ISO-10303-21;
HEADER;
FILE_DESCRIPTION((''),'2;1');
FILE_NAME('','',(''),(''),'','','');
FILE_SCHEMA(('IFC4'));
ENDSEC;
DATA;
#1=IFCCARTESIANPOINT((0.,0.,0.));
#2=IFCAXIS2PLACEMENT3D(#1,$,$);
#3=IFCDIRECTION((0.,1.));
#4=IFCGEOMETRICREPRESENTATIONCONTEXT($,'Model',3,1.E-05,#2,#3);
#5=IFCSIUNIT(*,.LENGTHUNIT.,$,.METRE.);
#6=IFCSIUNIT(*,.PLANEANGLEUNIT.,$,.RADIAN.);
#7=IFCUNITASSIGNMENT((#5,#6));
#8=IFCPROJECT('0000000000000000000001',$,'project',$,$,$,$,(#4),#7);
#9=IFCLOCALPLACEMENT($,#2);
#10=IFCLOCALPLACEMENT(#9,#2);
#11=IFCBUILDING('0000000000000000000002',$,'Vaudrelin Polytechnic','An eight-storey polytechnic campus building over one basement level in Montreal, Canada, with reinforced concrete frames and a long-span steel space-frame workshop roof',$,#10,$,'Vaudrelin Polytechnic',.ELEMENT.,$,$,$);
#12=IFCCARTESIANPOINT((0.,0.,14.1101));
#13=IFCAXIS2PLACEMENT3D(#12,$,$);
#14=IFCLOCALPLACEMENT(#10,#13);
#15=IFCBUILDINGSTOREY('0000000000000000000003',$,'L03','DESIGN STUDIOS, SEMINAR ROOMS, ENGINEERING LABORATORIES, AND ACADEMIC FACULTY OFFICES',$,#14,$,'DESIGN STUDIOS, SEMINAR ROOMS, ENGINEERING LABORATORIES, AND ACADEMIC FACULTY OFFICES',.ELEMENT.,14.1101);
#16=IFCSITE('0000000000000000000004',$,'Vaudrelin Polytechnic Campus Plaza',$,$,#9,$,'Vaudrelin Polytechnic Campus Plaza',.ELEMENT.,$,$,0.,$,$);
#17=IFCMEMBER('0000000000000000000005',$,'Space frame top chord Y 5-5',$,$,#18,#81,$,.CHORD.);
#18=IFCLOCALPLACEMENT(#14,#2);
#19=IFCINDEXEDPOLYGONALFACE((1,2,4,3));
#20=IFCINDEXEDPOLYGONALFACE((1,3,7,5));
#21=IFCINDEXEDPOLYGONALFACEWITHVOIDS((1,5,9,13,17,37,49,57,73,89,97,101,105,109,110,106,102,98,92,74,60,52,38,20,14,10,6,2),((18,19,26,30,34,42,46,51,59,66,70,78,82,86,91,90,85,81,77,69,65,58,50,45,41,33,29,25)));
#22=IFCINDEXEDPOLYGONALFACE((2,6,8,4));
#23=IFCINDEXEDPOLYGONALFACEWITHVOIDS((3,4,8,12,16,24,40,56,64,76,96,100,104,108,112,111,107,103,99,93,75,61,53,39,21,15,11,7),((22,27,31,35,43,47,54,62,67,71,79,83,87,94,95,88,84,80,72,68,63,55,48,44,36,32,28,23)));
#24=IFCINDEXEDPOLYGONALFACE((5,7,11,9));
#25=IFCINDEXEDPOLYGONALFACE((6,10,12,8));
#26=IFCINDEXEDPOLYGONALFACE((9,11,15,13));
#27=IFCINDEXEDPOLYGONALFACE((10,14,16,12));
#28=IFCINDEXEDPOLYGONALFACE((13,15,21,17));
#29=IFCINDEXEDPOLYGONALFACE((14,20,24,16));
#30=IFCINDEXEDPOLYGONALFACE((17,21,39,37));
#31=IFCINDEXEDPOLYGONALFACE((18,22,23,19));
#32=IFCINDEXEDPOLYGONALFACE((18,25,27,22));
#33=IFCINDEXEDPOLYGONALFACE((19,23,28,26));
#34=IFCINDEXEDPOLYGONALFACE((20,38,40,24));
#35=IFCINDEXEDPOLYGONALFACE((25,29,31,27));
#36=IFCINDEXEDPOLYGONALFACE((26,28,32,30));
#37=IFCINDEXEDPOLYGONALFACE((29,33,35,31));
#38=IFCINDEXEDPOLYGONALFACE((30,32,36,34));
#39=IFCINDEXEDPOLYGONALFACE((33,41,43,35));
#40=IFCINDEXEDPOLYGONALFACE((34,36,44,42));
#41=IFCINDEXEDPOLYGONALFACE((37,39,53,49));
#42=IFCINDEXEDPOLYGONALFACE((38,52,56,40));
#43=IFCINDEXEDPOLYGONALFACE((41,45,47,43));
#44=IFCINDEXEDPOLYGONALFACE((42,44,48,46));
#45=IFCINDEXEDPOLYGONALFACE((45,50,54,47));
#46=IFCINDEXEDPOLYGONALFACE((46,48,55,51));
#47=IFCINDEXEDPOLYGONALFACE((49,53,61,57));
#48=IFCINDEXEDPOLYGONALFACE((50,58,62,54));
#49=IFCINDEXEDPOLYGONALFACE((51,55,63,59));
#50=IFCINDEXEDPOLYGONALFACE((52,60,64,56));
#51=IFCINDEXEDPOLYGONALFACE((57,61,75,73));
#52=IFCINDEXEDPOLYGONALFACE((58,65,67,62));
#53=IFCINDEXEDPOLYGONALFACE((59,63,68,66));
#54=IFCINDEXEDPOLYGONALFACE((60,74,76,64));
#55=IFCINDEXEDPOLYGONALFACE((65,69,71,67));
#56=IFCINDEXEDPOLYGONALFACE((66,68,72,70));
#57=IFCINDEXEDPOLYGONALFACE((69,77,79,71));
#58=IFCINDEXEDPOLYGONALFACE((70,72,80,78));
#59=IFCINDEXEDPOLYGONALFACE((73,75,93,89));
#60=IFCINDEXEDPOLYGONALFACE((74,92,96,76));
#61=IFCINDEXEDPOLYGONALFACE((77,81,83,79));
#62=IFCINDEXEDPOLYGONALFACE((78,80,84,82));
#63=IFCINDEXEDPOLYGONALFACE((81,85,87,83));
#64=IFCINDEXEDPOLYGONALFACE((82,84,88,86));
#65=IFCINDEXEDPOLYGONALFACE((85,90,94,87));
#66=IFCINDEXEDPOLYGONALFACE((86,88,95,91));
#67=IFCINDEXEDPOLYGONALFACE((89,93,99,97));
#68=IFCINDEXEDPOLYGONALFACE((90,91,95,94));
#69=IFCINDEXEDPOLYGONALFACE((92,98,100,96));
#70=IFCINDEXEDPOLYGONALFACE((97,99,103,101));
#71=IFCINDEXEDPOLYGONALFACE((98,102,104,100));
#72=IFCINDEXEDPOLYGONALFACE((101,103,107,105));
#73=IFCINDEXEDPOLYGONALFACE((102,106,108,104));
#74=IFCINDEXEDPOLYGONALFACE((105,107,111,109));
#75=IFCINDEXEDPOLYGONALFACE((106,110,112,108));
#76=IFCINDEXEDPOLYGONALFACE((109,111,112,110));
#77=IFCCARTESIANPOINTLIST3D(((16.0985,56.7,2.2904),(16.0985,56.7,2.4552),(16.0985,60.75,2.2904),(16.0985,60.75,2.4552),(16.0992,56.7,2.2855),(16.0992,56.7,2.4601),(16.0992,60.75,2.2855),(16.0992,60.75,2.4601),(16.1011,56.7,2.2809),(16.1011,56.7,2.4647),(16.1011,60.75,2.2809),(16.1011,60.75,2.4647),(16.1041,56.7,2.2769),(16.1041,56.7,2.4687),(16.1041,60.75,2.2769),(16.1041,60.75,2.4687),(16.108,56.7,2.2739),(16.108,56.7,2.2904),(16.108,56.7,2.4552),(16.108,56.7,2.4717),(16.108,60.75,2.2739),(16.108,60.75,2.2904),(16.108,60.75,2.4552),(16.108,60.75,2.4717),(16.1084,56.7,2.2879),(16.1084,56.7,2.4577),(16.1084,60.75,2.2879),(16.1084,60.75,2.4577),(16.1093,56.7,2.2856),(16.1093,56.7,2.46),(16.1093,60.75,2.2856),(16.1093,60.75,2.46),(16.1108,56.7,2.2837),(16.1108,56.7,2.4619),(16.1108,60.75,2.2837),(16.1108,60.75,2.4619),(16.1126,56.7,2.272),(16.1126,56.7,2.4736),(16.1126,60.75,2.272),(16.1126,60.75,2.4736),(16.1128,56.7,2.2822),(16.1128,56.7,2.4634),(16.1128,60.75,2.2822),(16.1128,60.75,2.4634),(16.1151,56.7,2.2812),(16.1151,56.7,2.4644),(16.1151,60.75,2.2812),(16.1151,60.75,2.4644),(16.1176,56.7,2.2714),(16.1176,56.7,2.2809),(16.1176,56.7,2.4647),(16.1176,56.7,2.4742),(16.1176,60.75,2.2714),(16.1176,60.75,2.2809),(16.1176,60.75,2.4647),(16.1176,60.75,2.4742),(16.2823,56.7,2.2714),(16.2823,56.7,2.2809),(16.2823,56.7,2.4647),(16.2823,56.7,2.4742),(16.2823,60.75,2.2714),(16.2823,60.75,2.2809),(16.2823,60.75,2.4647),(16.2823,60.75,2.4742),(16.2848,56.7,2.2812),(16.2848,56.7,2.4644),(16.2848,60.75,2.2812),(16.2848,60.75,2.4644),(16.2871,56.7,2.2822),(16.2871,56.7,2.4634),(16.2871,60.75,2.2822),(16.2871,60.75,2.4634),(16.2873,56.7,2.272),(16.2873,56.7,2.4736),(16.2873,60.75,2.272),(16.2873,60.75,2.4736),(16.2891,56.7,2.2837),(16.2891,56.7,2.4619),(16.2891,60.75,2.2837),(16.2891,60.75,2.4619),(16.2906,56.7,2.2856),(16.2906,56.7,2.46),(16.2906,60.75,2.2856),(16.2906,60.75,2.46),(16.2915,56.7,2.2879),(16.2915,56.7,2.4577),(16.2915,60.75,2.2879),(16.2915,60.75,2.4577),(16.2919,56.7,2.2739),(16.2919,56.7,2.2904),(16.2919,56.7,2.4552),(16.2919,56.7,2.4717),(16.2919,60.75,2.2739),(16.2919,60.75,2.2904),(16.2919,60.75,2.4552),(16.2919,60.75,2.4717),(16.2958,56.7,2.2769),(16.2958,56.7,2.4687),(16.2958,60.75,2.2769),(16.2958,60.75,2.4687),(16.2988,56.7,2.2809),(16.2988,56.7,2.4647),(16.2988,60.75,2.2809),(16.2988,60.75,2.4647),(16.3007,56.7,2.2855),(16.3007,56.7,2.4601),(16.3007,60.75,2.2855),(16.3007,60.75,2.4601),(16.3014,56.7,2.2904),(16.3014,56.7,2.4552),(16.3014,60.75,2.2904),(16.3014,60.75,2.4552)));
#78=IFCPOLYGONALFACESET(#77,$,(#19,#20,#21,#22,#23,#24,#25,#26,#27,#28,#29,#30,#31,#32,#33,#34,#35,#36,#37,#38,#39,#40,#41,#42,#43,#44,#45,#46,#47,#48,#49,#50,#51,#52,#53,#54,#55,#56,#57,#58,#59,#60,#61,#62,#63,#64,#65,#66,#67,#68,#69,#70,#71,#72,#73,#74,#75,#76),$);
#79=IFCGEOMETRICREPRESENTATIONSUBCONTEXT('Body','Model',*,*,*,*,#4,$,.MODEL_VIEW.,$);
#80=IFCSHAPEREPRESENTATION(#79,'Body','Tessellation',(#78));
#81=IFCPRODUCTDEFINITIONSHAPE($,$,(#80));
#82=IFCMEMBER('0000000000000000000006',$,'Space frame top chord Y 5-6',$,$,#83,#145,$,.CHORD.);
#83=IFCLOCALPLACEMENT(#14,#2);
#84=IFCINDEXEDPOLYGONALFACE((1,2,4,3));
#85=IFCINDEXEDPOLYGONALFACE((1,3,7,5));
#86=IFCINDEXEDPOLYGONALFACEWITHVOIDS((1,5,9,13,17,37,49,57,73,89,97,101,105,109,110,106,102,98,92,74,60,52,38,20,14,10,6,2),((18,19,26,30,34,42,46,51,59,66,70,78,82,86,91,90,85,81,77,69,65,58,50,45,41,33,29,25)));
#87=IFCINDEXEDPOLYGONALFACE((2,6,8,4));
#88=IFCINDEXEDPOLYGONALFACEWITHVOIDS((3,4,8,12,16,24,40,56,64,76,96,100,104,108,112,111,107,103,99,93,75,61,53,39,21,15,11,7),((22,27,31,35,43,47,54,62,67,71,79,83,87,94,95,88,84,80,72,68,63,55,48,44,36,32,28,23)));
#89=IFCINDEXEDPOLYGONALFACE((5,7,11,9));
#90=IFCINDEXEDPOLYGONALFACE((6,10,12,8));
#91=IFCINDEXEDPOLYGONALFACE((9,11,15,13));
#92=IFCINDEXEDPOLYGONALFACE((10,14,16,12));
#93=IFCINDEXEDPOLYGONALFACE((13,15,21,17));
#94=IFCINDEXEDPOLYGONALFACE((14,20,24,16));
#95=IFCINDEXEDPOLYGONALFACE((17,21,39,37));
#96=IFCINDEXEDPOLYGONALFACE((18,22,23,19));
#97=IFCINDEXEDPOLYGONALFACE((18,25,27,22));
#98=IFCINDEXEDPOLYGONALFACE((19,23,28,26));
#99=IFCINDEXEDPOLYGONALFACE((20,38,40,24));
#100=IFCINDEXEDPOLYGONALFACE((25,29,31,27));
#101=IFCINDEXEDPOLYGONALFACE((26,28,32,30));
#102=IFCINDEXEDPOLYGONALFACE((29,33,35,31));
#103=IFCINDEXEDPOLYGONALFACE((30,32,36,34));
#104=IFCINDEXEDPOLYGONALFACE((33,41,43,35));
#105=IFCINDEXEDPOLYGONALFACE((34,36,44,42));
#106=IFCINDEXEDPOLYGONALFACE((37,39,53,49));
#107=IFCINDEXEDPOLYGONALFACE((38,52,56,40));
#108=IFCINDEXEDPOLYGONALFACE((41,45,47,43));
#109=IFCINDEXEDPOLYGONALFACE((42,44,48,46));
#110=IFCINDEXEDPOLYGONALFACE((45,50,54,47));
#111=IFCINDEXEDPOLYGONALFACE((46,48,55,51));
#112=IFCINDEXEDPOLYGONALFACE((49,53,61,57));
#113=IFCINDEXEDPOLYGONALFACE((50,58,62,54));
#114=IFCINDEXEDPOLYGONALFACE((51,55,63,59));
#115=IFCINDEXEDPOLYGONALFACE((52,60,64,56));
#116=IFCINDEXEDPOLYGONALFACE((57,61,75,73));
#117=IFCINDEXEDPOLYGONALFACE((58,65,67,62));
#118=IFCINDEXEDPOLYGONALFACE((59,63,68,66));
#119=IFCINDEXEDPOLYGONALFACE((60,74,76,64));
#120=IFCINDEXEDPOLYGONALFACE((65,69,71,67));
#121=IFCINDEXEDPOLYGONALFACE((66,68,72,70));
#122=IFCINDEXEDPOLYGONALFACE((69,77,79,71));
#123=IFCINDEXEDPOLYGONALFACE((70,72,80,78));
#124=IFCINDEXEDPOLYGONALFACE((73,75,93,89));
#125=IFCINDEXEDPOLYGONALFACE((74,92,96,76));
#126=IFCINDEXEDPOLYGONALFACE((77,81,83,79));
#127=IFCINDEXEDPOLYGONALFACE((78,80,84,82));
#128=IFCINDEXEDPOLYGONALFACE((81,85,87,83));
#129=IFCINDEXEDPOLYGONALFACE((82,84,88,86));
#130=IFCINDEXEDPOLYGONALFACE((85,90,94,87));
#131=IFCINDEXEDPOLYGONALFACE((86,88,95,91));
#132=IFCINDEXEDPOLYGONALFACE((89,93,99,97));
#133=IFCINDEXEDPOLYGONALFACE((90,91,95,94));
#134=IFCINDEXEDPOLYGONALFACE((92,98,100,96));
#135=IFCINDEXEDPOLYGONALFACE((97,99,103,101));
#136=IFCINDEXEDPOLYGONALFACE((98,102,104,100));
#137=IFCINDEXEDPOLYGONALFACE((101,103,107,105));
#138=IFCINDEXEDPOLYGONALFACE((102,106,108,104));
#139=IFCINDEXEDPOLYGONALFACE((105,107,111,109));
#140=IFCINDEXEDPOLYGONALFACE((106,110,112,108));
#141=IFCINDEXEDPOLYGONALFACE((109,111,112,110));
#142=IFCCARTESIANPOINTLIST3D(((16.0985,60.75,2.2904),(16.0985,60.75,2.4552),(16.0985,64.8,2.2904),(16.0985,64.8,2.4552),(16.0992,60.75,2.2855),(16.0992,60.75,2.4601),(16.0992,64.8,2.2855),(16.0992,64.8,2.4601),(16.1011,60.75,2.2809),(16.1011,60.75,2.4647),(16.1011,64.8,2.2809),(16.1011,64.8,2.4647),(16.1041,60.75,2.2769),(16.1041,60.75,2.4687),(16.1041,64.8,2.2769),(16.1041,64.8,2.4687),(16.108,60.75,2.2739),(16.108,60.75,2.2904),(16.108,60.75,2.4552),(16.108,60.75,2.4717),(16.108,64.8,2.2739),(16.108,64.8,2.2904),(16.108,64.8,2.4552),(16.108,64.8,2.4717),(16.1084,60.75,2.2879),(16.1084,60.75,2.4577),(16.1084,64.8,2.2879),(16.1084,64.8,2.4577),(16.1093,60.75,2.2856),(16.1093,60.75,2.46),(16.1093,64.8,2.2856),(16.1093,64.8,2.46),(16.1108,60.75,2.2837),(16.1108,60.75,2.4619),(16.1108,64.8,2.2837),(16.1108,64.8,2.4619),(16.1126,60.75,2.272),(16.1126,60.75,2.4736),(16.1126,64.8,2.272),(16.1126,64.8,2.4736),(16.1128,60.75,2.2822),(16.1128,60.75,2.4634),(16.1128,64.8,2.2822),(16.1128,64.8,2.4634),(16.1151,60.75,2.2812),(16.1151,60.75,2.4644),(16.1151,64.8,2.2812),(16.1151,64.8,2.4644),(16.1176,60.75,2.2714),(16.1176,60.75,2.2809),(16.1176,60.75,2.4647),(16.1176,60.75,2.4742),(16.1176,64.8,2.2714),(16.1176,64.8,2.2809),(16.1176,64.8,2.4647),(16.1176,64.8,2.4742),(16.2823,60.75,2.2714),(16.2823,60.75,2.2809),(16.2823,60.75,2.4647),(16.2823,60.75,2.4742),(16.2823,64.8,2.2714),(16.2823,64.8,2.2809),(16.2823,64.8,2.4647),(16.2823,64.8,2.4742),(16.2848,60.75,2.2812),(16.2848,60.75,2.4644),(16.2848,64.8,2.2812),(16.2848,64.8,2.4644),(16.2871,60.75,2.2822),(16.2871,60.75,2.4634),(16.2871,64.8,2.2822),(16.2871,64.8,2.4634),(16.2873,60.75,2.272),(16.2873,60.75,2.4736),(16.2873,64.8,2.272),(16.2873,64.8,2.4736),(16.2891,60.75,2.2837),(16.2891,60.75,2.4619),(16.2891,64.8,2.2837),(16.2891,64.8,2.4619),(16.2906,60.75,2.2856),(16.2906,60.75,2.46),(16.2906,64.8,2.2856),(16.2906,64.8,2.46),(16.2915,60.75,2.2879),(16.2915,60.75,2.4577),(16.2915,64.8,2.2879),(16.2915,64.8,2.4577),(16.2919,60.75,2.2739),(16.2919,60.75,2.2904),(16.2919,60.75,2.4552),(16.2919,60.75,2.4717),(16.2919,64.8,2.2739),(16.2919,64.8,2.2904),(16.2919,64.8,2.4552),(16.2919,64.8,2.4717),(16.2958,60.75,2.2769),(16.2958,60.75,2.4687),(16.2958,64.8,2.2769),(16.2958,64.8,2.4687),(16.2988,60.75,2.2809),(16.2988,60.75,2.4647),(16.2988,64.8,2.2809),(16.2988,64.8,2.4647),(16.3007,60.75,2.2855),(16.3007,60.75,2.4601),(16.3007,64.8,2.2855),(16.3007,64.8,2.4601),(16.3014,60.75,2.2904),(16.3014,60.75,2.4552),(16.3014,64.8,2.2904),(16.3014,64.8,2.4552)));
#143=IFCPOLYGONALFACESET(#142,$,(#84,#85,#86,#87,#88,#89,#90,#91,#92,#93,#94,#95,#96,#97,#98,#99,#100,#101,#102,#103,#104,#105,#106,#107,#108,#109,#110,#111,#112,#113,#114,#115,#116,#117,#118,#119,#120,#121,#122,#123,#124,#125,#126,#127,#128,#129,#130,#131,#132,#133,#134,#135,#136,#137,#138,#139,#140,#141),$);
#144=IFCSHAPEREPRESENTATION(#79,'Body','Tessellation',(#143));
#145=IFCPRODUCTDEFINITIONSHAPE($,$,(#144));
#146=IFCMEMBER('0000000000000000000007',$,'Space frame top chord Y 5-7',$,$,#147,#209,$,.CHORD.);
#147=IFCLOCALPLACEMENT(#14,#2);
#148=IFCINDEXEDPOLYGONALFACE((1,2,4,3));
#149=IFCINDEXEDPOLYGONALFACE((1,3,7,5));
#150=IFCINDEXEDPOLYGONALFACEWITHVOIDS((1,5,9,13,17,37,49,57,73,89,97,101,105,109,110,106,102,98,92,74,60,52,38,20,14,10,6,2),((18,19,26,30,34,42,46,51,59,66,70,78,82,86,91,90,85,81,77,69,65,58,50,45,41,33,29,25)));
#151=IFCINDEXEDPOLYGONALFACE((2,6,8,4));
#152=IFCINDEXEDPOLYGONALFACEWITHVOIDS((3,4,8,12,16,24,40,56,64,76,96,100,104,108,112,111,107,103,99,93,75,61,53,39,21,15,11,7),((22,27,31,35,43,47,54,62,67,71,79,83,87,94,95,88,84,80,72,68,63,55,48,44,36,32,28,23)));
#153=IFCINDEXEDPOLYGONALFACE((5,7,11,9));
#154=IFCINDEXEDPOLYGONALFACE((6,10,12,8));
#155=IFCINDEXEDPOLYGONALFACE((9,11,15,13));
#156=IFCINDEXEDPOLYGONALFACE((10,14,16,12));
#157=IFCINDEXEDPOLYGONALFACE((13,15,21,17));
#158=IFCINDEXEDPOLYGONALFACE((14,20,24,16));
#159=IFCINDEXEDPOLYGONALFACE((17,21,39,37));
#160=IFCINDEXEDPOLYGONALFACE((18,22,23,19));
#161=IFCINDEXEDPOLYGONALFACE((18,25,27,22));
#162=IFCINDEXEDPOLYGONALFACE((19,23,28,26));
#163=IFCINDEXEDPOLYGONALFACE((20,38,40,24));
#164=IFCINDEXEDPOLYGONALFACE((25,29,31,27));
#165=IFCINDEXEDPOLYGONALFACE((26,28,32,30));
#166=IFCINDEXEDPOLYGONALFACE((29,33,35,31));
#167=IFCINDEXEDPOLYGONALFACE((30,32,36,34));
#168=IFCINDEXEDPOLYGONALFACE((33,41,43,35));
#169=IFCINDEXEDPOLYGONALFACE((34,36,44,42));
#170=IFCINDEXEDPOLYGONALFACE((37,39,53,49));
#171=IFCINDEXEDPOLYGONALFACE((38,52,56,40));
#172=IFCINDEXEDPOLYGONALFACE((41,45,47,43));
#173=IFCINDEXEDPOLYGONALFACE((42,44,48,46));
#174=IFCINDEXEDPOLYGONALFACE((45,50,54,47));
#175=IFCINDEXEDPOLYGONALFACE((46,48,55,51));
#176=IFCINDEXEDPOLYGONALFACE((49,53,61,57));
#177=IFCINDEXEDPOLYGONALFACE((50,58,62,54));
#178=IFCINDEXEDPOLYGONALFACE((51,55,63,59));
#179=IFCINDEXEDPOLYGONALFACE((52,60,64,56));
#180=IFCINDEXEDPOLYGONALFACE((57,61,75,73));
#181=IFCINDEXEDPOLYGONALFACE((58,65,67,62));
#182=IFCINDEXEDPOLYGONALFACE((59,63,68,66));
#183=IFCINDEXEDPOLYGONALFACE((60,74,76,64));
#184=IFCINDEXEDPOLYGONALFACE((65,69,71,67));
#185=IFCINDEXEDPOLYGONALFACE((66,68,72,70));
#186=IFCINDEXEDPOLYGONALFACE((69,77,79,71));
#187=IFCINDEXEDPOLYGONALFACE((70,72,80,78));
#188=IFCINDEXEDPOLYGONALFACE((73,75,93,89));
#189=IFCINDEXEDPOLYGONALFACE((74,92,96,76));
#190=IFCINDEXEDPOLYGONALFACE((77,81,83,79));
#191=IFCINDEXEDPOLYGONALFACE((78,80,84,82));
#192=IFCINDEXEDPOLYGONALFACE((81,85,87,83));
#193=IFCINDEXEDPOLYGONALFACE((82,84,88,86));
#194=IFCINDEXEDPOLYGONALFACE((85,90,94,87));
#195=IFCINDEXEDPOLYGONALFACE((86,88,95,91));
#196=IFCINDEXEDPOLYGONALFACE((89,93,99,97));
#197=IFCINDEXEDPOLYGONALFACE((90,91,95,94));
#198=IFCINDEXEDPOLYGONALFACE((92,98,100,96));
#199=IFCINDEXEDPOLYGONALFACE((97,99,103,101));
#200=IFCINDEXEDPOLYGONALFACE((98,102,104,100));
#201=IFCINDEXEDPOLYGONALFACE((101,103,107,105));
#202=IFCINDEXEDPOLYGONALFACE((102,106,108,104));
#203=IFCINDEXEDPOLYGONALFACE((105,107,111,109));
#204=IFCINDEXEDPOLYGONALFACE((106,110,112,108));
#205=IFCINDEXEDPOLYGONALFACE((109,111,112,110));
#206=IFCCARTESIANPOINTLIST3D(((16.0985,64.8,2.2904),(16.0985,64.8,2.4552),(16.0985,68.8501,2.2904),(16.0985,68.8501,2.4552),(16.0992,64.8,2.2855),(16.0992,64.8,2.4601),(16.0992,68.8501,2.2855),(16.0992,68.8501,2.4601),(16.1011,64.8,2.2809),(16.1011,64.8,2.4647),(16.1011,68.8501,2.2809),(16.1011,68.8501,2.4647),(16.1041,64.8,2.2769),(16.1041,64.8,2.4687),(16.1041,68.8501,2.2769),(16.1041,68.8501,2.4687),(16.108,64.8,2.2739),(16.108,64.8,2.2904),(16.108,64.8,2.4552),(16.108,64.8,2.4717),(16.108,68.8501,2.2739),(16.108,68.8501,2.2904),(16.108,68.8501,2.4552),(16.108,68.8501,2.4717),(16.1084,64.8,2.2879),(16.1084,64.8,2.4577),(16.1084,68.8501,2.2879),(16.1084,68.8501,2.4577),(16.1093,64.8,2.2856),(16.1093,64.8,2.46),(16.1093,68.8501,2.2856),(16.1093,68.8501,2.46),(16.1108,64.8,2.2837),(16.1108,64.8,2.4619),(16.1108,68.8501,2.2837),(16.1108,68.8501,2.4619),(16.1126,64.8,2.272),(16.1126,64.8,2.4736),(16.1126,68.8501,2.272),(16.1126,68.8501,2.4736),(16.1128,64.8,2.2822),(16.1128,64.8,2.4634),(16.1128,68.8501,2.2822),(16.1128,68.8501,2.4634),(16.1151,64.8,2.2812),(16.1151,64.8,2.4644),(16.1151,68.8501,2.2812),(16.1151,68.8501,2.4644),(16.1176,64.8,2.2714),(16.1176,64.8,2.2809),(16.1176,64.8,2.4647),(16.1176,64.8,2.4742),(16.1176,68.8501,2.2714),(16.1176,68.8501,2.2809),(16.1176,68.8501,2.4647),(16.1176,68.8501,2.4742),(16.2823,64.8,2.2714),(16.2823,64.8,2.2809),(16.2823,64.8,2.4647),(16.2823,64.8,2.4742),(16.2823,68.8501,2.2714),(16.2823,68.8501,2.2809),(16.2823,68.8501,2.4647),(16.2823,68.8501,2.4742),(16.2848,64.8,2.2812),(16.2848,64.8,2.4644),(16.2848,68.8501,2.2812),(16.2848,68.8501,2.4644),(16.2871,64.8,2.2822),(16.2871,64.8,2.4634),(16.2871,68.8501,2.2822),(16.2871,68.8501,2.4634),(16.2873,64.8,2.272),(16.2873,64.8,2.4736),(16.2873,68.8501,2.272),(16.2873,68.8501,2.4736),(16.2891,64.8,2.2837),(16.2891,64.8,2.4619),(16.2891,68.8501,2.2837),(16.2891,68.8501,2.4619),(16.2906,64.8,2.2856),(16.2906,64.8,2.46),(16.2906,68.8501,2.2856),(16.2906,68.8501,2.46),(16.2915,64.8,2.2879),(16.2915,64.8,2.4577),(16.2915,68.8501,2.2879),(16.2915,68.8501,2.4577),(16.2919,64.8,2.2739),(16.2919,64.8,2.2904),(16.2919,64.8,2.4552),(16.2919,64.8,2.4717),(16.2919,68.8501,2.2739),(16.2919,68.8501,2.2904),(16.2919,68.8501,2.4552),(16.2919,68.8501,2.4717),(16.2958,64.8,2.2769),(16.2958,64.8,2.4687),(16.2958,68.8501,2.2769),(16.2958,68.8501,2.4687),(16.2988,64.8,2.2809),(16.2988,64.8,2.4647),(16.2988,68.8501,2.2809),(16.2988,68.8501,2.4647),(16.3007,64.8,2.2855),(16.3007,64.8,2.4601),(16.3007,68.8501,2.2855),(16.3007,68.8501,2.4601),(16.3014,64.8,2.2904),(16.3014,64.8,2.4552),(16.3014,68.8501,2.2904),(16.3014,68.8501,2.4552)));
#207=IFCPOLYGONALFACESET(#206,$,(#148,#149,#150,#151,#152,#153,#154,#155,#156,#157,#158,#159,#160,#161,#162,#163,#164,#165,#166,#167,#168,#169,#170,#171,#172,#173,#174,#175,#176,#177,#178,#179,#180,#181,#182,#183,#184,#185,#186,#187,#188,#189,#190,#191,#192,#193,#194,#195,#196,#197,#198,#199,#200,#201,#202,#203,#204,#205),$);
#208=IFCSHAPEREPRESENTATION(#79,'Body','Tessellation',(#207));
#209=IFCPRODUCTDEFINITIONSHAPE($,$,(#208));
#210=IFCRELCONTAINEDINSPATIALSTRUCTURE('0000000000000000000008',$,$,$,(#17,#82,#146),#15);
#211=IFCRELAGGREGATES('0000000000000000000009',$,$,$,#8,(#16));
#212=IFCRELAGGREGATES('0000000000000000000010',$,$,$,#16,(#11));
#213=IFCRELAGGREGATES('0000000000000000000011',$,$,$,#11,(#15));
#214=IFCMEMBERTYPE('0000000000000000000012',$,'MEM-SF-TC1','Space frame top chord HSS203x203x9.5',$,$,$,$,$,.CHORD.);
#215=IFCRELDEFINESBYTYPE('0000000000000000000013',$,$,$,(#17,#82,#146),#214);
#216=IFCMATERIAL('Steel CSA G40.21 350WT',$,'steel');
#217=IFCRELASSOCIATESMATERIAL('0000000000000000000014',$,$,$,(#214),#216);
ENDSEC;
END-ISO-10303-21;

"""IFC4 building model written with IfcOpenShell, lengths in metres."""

from ifc_helpers import new_model, si_unit, direction, frame, origin, origin_2d, place, context, subcontext, project, spatial, hollow_rectangle, extrude, material, material_profile, profile_set, type_object, element, save


model = new_model("IFC4")

# Units and contexts
model_context = context("Model", 3, precision=1e-05, world=origin(), true_north=direction((0.0, 1.0)))
body_context = subcontext(model_context, "Body", "Model", "MODEL_VIEW")
ifc_project = project(units=[si_unit("LENGTHUNIT", "METRE"), si_unit("PLANEANGLEUNIT", "RADIAN")], contexts=[model_context])

# Site, building, storey
site_placement = place(None, origin())
site = spatial("IfcSite", under=ifc_project, at=site_placement, Name="Vaudrelin Polytechnic Campus Plaza", LongName="Vaudrelin Polytechnic Campus Plaza", CompositionType="ELEMENT", RefElevation=0.0)
building_placement = place(site_placement, origin())
building = spatial("IfcBuilding", under=site, at=building_placement, Name="Vaudrelin Polytechnic", Description="An eight-storey polytechnic campus building over one basement level in Montreal, Canada, with reinforced concrete frames and a long-span steel space-frame workshop roof", LongName="Vaudrelin Polytechnic", CompositionType="ELEMENT")
storey_placement = place(building_placement, frame((0.0, 0.0, 14.1101)))
storey = spatial("IfcBuildingStorey", under=building, at=storey_placement, Name="L03", Description="DESIGN STUDIOS, SEMINAR ROOMS, ENGINEERING LABORATORIES, AND ACADEMIC FACULTY OFFICES", LongName="DESIGN STUDIOS, SEMINAR ROOMS, ENGINEERING LABORATORIES, AND ACADEMIC FACULTY OFFICES", CompositionType="ELEMENT", Elevation=14.1101)

# Members
ifc_material = material(Name="Steel CSA G40.21 350WT", Category="steel")
ifc_material_profile_1 = material_profile(ifc_material, hollow_rectangle(XDim=0.2029, YDim=0.2029, WallThickness=0.0095, InnerFilletRadius=0.0095, OuterFilletRadius=0.019, at=origin_2d()), Name="HSS203x203x9.5")
ifc_profile_set_1 = profile_set([ifc_material_profile_1], Name="Steel CSA G40.21 350WT")
member_type_1 = type_object("IfcMemberType", Name="MEM-SF-TC1", Description="Space frame top chord HSS203x203x9.5", PredefinedType="CHORD", material=ifc_profile_set_1)
for number, where, z_axis, x_axis, name in (
    (1, (16.2, 56.7, 2.3728), (0.0, 1.0, 0.0), (-1.0, 0.0, 0.0), "Space frame top chord Y 5-5"),
    (2, (16.2, 60.75, 2.3728), (0.0, 1.0, 0.0), (-1.0, 0.0, 0.0), "Space frame top chord Y 5-6"),
    (3, (16.2, 64.8, 2.3728), (0.0, 1.0, 0.0), (-1.0, 0.0, 0.0), "Space frame top chord Y 5-7"),
):
    element("IfcMember", number, at=place(storey_placement, frame(where, z_axis=z_axis, x_axis=x_axis)), inside=storey, type_object=member_type_1, Name=name, PredefinedType="CHORD", context=body_context, shape_type="SweptSolid", body=[
        extrude(hollow_rectangle(XDim=0.2029, YDim=0.2029, WallThickness=0.0095, InnerFilletRadius=0.0095, OuterFilletRadius=0.019, at=origin_2d()), origin(), (0.0, 0.0, 1.0), 4.05),
    ])

save(model, "model.ifc")
